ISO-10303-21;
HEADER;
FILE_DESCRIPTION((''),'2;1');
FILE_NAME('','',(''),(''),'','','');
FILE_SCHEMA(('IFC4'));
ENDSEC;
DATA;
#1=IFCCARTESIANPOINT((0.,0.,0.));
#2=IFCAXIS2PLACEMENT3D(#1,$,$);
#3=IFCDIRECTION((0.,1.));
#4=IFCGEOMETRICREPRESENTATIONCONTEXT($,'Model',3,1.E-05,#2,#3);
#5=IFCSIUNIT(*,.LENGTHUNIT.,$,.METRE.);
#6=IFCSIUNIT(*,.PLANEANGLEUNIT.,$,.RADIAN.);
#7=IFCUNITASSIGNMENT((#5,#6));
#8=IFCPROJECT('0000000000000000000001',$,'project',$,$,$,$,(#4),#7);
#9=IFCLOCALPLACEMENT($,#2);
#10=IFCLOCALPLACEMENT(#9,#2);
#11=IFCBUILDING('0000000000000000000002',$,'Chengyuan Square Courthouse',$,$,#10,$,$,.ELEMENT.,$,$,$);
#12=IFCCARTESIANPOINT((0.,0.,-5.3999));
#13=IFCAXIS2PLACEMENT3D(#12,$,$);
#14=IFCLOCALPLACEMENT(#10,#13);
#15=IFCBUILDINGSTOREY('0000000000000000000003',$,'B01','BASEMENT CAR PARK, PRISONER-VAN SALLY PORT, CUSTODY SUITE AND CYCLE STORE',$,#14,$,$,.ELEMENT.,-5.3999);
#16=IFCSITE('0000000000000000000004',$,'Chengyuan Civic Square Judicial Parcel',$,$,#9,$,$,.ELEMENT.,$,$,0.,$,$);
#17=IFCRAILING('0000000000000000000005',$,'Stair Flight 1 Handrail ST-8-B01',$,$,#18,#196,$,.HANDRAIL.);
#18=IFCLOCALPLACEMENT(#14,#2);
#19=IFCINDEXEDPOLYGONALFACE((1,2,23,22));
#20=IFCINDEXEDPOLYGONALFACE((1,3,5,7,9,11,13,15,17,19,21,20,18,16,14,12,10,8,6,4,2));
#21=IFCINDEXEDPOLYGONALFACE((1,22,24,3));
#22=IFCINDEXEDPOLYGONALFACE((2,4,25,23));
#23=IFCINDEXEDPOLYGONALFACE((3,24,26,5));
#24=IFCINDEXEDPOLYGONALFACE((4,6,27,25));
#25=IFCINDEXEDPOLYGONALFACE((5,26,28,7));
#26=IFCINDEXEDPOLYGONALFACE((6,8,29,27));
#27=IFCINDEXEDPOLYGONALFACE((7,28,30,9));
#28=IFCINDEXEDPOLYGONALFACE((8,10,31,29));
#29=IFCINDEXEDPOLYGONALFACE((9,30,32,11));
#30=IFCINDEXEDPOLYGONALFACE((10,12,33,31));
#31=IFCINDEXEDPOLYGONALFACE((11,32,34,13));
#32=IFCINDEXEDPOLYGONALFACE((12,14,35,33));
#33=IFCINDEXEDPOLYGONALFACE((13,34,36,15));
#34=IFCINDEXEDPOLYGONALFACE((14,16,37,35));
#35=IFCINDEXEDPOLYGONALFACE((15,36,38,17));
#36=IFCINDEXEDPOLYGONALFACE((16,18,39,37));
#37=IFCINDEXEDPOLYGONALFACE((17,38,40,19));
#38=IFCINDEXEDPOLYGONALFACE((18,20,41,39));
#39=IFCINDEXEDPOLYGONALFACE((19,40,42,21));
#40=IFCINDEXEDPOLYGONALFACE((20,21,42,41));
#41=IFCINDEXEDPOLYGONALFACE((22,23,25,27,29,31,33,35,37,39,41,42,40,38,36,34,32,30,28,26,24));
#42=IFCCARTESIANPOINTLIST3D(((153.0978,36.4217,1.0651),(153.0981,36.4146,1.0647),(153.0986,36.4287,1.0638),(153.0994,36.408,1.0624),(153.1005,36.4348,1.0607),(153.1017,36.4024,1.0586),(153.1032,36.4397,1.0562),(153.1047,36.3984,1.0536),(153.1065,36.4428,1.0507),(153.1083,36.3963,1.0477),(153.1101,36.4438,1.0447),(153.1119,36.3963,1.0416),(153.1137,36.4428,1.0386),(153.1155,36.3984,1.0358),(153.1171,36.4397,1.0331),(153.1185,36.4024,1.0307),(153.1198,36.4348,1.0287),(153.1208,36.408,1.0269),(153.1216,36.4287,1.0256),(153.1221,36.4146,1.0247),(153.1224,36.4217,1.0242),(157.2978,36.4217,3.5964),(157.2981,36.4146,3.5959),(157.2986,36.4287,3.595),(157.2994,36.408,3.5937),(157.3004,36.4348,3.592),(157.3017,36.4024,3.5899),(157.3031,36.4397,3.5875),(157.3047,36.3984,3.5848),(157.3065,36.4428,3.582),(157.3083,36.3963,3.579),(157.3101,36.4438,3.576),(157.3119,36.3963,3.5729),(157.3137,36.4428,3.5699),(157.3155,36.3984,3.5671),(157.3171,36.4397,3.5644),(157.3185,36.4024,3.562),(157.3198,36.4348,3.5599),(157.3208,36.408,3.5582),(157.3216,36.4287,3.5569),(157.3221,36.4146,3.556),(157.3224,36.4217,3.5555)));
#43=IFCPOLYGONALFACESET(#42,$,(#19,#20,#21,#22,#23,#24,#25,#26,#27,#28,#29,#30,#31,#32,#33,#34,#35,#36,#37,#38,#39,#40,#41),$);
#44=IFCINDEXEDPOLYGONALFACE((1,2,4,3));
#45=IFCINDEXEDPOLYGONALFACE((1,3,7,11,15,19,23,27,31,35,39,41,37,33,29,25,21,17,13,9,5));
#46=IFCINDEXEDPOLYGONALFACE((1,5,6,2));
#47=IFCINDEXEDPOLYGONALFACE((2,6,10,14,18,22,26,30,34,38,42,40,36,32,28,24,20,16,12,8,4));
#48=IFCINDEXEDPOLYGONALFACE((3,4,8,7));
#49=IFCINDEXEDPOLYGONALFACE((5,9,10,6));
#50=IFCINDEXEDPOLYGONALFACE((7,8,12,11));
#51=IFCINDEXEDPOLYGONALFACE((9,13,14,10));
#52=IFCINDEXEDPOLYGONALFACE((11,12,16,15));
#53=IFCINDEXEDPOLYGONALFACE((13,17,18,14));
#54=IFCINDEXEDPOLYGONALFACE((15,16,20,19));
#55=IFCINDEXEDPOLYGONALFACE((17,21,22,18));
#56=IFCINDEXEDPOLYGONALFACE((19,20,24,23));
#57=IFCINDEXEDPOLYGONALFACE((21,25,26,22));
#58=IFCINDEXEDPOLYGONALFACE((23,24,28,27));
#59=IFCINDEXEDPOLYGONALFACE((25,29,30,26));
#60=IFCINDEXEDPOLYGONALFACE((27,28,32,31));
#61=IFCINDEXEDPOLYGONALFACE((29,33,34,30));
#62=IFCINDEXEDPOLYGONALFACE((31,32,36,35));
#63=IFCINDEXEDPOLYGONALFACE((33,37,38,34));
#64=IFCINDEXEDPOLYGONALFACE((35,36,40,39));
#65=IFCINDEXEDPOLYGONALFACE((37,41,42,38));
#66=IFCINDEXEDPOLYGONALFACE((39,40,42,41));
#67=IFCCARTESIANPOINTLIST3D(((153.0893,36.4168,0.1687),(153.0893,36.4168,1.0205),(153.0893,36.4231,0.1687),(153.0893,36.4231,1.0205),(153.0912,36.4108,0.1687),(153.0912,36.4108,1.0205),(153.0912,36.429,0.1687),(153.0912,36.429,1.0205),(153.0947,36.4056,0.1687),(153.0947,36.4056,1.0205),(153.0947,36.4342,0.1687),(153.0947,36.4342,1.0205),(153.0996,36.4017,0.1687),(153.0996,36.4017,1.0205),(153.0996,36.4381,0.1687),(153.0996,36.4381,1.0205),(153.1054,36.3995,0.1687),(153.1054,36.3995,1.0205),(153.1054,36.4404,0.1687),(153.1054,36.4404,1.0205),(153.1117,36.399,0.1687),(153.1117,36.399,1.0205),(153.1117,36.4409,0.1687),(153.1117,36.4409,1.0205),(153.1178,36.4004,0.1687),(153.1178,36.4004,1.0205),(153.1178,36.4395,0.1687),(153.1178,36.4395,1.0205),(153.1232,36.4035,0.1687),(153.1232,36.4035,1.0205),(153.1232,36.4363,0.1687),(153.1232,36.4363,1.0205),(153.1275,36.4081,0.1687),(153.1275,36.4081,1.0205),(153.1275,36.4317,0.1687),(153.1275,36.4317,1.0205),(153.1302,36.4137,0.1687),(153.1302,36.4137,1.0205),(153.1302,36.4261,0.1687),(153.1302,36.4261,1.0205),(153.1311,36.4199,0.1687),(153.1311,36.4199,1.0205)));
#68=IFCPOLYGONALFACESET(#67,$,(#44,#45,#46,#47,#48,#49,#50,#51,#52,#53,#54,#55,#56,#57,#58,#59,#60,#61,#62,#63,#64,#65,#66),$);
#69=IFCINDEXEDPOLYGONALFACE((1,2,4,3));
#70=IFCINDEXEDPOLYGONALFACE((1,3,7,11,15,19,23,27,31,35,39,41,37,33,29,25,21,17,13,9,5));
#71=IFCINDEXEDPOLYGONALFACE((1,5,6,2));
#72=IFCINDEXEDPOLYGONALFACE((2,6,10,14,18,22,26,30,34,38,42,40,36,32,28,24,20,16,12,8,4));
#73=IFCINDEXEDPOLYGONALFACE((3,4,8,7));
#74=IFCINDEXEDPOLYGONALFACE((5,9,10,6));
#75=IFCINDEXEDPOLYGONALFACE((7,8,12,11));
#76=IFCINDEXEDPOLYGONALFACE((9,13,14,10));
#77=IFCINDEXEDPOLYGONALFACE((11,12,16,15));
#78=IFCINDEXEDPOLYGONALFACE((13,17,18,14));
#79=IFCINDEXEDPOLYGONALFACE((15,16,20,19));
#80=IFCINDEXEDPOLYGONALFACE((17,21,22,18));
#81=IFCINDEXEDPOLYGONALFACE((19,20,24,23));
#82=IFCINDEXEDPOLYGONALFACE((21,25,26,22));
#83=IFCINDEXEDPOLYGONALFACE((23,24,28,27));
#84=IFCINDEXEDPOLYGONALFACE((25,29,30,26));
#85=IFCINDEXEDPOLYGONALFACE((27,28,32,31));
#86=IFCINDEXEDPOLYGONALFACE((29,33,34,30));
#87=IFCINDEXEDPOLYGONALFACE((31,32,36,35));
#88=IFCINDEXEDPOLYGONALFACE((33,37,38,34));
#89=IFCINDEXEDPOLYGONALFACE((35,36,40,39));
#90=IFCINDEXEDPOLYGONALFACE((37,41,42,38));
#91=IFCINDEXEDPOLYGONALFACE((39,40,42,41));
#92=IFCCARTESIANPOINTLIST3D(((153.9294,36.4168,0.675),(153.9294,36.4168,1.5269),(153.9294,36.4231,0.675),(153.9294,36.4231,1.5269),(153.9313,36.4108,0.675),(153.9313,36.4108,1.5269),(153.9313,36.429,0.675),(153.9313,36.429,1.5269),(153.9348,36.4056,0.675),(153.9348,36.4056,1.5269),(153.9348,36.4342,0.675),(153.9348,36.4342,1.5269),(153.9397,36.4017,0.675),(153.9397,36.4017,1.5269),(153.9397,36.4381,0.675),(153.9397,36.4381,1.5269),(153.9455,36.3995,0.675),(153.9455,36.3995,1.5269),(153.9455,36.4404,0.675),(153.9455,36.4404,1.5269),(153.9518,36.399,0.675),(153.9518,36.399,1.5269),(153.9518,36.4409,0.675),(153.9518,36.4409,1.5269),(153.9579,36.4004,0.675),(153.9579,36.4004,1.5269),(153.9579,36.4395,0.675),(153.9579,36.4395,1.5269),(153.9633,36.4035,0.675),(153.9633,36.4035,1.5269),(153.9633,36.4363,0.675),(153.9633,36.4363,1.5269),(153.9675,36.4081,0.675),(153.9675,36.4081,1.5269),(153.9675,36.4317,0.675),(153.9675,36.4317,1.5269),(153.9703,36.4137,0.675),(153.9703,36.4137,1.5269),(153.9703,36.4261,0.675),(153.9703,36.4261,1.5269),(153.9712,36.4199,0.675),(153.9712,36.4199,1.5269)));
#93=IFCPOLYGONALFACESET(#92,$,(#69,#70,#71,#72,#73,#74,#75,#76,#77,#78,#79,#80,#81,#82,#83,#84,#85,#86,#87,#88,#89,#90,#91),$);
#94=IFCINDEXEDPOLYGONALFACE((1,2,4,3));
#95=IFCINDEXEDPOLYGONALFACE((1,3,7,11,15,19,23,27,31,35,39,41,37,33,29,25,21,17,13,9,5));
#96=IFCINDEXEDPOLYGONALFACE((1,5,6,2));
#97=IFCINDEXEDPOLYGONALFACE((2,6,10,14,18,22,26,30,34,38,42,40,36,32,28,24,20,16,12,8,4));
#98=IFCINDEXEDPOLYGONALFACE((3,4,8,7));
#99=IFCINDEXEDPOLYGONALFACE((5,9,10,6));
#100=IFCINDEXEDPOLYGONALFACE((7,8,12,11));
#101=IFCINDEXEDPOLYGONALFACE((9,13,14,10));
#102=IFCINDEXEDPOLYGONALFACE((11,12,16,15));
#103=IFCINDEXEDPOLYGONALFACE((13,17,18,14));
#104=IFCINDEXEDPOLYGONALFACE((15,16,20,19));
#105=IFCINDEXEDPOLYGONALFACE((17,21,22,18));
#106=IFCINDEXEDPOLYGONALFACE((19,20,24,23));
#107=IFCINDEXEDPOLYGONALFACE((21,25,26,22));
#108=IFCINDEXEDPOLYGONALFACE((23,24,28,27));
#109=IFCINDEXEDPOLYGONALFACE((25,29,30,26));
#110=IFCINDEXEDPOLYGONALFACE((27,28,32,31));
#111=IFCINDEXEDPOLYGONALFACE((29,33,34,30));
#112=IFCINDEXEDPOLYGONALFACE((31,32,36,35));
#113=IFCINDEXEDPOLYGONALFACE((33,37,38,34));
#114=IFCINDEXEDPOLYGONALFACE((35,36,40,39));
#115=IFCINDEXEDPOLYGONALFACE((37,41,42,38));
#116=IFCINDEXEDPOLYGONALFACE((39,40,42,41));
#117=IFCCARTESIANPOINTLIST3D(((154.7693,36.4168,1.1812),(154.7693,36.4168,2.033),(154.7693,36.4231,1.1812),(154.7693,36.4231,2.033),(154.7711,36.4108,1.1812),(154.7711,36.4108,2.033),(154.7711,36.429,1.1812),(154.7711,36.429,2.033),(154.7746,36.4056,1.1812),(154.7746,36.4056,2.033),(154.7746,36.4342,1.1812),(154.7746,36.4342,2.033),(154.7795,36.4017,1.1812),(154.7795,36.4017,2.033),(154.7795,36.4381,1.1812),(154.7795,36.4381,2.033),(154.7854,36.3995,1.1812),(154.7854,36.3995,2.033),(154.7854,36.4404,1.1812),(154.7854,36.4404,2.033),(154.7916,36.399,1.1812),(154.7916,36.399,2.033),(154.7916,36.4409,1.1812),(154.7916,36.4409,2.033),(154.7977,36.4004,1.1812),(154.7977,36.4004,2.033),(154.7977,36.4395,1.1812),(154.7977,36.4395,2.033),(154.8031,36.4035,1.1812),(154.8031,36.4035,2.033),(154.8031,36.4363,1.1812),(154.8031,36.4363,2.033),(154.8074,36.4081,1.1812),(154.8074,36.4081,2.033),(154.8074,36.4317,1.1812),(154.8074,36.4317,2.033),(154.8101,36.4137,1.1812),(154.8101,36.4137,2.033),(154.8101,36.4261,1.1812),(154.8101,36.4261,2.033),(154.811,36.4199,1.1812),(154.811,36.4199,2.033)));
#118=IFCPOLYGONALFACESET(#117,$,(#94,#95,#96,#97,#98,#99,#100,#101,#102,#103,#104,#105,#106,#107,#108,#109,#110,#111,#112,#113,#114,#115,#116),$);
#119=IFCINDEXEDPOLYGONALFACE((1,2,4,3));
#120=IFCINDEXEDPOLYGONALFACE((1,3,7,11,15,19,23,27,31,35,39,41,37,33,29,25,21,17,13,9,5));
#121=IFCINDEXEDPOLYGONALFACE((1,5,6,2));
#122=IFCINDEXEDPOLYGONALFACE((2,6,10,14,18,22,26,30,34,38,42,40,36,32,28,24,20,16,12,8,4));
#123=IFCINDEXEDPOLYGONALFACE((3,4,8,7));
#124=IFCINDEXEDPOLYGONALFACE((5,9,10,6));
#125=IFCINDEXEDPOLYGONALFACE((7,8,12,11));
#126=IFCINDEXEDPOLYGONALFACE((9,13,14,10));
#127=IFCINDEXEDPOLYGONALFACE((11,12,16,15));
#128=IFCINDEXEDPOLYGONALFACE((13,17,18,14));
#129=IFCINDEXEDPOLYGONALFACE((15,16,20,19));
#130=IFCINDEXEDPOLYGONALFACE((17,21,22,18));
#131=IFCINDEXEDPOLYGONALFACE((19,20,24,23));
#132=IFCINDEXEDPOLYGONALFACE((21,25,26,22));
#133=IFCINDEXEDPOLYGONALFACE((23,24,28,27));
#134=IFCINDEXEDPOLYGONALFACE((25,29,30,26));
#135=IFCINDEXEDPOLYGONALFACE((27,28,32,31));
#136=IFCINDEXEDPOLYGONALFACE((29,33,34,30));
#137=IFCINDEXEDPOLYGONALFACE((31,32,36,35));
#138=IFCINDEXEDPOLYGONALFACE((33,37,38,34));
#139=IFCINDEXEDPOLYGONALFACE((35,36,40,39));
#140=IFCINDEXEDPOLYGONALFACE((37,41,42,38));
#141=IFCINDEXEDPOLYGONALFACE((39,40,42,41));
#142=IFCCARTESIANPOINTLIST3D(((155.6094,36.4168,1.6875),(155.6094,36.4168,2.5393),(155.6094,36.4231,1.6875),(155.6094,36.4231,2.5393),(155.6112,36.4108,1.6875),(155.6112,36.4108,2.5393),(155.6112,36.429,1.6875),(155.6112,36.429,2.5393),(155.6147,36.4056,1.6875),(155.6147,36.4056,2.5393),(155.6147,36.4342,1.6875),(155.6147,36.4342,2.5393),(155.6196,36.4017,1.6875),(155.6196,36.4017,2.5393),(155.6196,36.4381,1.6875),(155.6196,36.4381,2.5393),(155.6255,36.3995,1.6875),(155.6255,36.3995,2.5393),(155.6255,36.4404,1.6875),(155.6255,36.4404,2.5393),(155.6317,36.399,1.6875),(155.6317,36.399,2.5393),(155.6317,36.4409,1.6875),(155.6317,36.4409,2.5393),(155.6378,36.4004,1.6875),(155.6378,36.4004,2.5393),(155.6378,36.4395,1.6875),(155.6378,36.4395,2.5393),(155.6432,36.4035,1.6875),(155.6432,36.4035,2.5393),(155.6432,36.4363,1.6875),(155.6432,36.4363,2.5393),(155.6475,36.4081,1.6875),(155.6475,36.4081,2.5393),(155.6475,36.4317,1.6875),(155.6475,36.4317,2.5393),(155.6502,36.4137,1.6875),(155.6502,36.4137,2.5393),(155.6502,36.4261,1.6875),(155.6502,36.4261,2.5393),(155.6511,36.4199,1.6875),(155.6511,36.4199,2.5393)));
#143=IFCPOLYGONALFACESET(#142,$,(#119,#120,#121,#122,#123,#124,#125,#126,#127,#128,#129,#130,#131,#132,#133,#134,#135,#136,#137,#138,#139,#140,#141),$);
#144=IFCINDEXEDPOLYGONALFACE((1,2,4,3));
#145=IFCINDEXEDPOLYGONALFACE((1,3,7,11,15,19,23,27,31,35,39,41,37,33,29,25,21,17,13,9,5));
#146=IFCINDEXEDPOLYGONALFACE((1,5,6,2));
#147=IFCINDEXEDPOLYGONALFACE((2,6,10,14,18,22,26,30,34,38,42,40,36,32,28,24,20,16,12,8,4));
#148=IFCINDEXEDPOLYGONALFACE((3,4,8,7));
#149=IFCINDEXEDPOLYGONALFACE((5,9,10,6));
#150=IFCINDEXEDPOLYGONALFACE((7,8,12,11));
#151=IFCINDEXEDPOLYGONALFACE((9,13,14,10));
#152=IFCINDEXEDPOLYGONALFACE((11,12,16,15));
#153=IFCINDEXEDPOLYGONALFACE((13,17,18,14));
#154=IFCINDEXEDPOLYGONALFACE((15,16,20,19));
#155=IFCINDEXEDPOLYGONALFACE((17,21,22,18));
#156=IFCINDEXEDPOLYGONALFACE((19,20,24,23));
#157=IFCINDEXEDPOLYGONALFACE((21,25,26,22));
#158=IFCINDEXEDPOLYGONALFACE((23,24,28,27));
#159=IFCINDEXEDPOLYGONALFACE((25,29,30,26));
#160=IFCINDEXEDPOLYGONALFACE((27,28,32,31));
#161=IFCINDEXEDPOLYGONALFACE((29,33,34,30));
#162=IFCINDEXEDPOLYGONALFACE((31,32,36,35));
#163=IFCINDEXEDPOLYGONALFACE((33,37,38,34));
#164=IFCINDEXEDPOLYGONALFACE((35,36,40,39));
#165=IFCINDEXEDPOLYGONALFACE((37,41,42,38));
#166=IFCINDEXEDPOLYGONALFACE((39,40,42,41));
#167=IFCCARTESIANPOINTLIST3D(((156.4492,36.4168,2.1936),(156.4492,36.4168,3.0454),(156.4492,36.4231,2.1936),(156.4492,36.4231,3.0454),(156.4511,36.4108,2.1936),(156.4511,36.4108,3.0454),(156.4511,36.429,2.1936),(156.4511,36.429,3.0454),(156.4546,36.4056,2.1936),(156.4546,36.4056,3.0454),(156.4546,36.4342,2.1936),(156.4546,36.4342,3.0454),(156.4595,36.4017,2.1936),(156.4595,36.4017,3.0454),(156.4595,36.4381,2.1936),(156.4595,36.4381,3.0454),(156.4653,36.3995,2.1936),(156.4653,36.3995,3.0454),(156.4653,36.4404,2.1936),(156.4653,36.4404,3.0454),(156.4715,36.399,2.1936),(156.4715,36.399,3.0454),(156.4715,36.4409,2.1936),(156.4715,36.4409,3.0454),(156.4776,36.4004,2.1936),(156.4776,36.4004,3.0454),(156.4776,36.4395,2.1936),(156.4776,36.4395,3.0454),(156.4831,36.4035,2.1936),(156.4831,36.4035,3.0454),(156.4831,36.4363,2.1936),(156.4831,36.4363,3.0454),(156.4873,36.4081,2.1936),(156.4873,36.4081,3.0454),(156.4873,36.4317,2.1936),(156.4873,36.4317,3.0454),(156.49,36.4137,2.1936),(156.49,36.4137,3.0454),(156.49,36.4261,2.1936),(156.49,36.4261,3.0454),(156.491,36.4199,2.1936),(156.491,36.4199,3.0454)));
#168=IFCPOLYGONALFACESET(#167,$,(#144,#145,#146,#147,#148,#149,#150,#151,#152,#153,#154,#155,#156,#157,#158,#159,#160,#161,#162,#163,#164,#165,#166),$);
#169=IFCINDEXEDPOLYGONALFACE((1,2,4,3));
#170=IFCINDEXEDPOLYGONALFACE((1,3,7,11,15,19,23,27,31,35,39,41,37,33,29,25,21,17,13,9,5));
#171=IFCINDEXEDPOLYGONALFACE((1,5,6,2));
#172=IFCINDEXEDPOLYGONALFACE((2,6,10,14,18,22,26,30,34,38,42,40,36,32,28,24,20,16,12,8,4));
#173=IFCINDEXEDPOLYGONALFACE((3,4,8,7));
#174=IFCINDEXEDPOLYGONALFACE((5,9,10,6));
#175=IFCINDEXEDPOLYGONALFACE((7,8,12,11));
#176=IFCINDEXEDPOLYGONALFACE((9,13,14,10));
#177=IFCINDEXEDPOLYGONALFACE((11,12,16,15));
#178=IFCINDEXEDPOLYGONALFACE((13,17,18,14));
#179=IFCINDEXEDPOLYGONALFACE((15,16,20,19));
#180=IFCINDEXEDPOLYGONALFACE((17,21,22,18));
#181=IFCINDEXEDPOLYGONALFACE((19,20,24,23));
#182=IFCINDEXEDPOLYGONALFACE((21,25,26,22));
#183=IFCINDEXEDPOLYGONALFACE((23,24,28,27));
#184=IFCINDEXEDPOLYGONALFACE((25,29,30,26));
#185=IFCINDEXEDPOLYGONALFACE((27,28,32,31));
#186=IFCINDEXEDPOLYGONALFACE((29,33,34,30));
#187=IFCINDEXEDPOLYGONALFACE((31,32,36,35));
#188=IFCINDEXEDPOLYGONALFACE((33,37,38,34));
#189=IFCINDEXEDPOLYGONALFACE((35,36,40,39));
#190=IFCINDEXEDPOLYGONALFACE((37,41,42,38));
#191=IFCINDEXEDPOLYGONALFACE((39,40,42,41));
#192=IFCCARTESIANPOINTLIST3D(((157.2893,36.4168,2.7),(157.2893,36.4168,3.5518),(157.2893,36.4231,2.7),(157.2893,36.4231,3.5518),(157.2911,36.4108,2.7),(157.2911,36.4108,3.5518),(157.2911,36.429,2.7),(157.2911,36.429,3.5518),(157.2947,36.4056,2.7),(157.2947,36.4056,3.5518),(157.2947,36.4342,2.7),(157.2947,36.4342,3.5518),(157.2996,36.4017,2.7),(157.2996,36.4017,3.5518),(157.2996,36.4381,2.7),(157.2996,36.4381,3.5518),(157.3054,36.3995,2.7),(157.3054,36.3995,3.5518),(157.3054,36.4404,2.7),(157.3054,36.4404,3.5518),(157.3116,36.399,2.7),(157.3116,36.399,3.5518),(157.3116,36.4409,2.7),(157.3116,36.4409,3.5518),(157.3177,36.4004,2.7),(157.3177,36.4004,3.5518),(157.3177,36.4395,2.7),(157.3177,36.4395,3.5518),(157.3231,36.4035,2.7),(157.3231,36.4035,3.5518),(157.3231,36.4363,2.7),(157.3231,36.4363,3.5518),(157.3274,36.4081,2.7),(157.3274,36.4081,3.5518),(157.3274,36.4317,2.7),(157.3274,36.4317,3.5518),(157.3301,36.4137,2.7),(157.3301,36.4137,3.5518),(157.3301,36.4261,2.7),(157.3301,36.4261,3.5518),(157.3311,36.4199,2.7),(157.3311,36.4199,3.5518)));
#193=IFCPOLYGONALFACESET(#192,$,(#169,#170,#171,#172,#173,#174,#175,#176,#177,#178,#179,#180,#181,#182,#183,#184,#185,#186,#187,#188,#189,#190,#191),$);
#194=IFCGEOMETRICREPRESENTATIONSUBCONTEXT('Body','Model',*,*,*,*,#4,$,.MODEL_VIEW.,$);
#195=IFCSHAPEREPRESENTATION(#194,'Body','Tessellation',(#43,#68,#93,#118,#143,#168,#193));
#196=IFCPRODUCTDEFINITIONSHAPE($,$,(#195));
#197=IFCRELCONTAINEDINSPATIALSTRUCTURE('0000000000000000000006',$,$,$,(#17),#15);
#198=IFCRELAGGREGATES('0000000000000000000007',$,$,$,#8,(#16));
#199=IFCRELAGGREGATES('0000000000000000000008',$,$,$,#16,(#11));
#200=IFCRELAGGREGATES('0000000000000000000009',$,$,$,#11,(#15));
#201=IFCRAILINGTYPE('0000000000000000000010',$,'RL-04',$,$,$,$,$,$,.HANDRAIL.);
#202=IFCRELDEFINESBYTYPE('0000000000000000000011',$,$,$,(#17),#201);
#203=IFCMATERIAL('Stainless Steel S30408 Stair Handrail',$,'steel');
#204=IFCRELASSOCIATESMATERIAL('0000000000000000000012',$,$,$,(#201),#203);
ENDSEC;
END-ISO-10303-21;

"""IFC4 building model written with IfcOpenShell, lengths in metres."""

from ifc_helpers import new_model, si_unit, direction, frame, origin, origin_2d, place, context, subcontext, project, spatial, circle, extrude, material, type_object, element, save


model = new_model("IFC4")

# Units and contexts
model_context = context("Model", 3, precision=1e-05, world=origin(), true_north=direction((0.0, 1.0)))
body_context = subcontext(model_context, "Body", "Model", "MODEL_VIEW")
ifc_project = project(units=[si_unit("LENGTHUNIT", "METRE"), si_unit("PLANEANGLEUNIT", "RADIAN")], contexts=[model_context])

# Site, building, storey
site_placement = place(None, origin())
site = spatial("IfcSite", under=ifc_project, at=site_placement, Name="Chengyuan Civic Square Judicial Parcel", CompositionType="ELEMENT", RefElevation=0.0)
building_placement = place(site_placement, origin())
building = spatial("IfcBuilding", under=site, at=building_placement, Name="Chengyuan Square Courthouse", CompositionType="ELEMENT")
storey_placement = place(building_placement, frame((0.0, 0.0, -5.3999)))
storey = spatial("IfcBuildingStorey", under=building, at=storey_placement, Name="B01", Description="BASEMENT CAR PARK, PRISONER-VAN SALLY PORT, CUSTODY SUITE AND CYCLE STORE", CompositionType="ELEMENT", Elevation=-5.3999)

# Railing
ifc_material_1 = material(Name="Stainless Steel S30408 Stair Handrail", Category="steel")
railing_type_1 = type_object("IfcRailingType", Name="RL-04", PredefinedType="HANDRAIL", material=ifc_material_1)
railing_1_placement = place(storey_placement, frame((153.1101, 36.4199, 0.1687)))
element("IfcRailing", 1, at=railing_1_placement, inside=storey, type_object=railing_type_1, Name="Stair Flight 1 Handrail ST-8-B01", PredefinedType="HANDRAIL", context=body_context, shape_type="SweptSolid", body=[
    extrude(circle(Radius=0.0239, at=origin_2d()), frame((0.0, 0.0, 0.876), z_axis=(0.856476, 0.0, 0.516186), x_axis=(0.0, 1.0, 0.0)), (0.0, 0.0, 1.0), 4.9038),
    extrude(circle(Radius=0.021, at=origin_2d()), origin(), (0.0, 0.0, 1.0), 0.8518),
    extrude(circle(Radius=0.021, at=origin_2d()), frame((0.8401, 0.0, 0.5063)), (0.0, 0.0, 1.0), 0.8518),
    extrude(circle(Radius=0.021, at=origin_2d()), frame((1.6799, 0.0, 1.0125)), (0.0, 0.0, 1.0), 0.8518),
    extrude(circle(Radius=0.021, at=origin_2d()), frame((2.52, 0.0, 1.5188)), (0.0, 0.0, 1.0), 0.8518),
    extrude(circle(Radius=0.021, at=origin_2d()), frame((3.3599, 0.0, 2.0249)), (0.0, 0.0, 1.0), 0.8518),
    extrude(circle(Radius=0.021, at=origin_2d()), frame((4.2, 0.0, 2.5312)), (0.0, 0.0, 1.0), 0.8518),
])

save(model, "model.ifc")
